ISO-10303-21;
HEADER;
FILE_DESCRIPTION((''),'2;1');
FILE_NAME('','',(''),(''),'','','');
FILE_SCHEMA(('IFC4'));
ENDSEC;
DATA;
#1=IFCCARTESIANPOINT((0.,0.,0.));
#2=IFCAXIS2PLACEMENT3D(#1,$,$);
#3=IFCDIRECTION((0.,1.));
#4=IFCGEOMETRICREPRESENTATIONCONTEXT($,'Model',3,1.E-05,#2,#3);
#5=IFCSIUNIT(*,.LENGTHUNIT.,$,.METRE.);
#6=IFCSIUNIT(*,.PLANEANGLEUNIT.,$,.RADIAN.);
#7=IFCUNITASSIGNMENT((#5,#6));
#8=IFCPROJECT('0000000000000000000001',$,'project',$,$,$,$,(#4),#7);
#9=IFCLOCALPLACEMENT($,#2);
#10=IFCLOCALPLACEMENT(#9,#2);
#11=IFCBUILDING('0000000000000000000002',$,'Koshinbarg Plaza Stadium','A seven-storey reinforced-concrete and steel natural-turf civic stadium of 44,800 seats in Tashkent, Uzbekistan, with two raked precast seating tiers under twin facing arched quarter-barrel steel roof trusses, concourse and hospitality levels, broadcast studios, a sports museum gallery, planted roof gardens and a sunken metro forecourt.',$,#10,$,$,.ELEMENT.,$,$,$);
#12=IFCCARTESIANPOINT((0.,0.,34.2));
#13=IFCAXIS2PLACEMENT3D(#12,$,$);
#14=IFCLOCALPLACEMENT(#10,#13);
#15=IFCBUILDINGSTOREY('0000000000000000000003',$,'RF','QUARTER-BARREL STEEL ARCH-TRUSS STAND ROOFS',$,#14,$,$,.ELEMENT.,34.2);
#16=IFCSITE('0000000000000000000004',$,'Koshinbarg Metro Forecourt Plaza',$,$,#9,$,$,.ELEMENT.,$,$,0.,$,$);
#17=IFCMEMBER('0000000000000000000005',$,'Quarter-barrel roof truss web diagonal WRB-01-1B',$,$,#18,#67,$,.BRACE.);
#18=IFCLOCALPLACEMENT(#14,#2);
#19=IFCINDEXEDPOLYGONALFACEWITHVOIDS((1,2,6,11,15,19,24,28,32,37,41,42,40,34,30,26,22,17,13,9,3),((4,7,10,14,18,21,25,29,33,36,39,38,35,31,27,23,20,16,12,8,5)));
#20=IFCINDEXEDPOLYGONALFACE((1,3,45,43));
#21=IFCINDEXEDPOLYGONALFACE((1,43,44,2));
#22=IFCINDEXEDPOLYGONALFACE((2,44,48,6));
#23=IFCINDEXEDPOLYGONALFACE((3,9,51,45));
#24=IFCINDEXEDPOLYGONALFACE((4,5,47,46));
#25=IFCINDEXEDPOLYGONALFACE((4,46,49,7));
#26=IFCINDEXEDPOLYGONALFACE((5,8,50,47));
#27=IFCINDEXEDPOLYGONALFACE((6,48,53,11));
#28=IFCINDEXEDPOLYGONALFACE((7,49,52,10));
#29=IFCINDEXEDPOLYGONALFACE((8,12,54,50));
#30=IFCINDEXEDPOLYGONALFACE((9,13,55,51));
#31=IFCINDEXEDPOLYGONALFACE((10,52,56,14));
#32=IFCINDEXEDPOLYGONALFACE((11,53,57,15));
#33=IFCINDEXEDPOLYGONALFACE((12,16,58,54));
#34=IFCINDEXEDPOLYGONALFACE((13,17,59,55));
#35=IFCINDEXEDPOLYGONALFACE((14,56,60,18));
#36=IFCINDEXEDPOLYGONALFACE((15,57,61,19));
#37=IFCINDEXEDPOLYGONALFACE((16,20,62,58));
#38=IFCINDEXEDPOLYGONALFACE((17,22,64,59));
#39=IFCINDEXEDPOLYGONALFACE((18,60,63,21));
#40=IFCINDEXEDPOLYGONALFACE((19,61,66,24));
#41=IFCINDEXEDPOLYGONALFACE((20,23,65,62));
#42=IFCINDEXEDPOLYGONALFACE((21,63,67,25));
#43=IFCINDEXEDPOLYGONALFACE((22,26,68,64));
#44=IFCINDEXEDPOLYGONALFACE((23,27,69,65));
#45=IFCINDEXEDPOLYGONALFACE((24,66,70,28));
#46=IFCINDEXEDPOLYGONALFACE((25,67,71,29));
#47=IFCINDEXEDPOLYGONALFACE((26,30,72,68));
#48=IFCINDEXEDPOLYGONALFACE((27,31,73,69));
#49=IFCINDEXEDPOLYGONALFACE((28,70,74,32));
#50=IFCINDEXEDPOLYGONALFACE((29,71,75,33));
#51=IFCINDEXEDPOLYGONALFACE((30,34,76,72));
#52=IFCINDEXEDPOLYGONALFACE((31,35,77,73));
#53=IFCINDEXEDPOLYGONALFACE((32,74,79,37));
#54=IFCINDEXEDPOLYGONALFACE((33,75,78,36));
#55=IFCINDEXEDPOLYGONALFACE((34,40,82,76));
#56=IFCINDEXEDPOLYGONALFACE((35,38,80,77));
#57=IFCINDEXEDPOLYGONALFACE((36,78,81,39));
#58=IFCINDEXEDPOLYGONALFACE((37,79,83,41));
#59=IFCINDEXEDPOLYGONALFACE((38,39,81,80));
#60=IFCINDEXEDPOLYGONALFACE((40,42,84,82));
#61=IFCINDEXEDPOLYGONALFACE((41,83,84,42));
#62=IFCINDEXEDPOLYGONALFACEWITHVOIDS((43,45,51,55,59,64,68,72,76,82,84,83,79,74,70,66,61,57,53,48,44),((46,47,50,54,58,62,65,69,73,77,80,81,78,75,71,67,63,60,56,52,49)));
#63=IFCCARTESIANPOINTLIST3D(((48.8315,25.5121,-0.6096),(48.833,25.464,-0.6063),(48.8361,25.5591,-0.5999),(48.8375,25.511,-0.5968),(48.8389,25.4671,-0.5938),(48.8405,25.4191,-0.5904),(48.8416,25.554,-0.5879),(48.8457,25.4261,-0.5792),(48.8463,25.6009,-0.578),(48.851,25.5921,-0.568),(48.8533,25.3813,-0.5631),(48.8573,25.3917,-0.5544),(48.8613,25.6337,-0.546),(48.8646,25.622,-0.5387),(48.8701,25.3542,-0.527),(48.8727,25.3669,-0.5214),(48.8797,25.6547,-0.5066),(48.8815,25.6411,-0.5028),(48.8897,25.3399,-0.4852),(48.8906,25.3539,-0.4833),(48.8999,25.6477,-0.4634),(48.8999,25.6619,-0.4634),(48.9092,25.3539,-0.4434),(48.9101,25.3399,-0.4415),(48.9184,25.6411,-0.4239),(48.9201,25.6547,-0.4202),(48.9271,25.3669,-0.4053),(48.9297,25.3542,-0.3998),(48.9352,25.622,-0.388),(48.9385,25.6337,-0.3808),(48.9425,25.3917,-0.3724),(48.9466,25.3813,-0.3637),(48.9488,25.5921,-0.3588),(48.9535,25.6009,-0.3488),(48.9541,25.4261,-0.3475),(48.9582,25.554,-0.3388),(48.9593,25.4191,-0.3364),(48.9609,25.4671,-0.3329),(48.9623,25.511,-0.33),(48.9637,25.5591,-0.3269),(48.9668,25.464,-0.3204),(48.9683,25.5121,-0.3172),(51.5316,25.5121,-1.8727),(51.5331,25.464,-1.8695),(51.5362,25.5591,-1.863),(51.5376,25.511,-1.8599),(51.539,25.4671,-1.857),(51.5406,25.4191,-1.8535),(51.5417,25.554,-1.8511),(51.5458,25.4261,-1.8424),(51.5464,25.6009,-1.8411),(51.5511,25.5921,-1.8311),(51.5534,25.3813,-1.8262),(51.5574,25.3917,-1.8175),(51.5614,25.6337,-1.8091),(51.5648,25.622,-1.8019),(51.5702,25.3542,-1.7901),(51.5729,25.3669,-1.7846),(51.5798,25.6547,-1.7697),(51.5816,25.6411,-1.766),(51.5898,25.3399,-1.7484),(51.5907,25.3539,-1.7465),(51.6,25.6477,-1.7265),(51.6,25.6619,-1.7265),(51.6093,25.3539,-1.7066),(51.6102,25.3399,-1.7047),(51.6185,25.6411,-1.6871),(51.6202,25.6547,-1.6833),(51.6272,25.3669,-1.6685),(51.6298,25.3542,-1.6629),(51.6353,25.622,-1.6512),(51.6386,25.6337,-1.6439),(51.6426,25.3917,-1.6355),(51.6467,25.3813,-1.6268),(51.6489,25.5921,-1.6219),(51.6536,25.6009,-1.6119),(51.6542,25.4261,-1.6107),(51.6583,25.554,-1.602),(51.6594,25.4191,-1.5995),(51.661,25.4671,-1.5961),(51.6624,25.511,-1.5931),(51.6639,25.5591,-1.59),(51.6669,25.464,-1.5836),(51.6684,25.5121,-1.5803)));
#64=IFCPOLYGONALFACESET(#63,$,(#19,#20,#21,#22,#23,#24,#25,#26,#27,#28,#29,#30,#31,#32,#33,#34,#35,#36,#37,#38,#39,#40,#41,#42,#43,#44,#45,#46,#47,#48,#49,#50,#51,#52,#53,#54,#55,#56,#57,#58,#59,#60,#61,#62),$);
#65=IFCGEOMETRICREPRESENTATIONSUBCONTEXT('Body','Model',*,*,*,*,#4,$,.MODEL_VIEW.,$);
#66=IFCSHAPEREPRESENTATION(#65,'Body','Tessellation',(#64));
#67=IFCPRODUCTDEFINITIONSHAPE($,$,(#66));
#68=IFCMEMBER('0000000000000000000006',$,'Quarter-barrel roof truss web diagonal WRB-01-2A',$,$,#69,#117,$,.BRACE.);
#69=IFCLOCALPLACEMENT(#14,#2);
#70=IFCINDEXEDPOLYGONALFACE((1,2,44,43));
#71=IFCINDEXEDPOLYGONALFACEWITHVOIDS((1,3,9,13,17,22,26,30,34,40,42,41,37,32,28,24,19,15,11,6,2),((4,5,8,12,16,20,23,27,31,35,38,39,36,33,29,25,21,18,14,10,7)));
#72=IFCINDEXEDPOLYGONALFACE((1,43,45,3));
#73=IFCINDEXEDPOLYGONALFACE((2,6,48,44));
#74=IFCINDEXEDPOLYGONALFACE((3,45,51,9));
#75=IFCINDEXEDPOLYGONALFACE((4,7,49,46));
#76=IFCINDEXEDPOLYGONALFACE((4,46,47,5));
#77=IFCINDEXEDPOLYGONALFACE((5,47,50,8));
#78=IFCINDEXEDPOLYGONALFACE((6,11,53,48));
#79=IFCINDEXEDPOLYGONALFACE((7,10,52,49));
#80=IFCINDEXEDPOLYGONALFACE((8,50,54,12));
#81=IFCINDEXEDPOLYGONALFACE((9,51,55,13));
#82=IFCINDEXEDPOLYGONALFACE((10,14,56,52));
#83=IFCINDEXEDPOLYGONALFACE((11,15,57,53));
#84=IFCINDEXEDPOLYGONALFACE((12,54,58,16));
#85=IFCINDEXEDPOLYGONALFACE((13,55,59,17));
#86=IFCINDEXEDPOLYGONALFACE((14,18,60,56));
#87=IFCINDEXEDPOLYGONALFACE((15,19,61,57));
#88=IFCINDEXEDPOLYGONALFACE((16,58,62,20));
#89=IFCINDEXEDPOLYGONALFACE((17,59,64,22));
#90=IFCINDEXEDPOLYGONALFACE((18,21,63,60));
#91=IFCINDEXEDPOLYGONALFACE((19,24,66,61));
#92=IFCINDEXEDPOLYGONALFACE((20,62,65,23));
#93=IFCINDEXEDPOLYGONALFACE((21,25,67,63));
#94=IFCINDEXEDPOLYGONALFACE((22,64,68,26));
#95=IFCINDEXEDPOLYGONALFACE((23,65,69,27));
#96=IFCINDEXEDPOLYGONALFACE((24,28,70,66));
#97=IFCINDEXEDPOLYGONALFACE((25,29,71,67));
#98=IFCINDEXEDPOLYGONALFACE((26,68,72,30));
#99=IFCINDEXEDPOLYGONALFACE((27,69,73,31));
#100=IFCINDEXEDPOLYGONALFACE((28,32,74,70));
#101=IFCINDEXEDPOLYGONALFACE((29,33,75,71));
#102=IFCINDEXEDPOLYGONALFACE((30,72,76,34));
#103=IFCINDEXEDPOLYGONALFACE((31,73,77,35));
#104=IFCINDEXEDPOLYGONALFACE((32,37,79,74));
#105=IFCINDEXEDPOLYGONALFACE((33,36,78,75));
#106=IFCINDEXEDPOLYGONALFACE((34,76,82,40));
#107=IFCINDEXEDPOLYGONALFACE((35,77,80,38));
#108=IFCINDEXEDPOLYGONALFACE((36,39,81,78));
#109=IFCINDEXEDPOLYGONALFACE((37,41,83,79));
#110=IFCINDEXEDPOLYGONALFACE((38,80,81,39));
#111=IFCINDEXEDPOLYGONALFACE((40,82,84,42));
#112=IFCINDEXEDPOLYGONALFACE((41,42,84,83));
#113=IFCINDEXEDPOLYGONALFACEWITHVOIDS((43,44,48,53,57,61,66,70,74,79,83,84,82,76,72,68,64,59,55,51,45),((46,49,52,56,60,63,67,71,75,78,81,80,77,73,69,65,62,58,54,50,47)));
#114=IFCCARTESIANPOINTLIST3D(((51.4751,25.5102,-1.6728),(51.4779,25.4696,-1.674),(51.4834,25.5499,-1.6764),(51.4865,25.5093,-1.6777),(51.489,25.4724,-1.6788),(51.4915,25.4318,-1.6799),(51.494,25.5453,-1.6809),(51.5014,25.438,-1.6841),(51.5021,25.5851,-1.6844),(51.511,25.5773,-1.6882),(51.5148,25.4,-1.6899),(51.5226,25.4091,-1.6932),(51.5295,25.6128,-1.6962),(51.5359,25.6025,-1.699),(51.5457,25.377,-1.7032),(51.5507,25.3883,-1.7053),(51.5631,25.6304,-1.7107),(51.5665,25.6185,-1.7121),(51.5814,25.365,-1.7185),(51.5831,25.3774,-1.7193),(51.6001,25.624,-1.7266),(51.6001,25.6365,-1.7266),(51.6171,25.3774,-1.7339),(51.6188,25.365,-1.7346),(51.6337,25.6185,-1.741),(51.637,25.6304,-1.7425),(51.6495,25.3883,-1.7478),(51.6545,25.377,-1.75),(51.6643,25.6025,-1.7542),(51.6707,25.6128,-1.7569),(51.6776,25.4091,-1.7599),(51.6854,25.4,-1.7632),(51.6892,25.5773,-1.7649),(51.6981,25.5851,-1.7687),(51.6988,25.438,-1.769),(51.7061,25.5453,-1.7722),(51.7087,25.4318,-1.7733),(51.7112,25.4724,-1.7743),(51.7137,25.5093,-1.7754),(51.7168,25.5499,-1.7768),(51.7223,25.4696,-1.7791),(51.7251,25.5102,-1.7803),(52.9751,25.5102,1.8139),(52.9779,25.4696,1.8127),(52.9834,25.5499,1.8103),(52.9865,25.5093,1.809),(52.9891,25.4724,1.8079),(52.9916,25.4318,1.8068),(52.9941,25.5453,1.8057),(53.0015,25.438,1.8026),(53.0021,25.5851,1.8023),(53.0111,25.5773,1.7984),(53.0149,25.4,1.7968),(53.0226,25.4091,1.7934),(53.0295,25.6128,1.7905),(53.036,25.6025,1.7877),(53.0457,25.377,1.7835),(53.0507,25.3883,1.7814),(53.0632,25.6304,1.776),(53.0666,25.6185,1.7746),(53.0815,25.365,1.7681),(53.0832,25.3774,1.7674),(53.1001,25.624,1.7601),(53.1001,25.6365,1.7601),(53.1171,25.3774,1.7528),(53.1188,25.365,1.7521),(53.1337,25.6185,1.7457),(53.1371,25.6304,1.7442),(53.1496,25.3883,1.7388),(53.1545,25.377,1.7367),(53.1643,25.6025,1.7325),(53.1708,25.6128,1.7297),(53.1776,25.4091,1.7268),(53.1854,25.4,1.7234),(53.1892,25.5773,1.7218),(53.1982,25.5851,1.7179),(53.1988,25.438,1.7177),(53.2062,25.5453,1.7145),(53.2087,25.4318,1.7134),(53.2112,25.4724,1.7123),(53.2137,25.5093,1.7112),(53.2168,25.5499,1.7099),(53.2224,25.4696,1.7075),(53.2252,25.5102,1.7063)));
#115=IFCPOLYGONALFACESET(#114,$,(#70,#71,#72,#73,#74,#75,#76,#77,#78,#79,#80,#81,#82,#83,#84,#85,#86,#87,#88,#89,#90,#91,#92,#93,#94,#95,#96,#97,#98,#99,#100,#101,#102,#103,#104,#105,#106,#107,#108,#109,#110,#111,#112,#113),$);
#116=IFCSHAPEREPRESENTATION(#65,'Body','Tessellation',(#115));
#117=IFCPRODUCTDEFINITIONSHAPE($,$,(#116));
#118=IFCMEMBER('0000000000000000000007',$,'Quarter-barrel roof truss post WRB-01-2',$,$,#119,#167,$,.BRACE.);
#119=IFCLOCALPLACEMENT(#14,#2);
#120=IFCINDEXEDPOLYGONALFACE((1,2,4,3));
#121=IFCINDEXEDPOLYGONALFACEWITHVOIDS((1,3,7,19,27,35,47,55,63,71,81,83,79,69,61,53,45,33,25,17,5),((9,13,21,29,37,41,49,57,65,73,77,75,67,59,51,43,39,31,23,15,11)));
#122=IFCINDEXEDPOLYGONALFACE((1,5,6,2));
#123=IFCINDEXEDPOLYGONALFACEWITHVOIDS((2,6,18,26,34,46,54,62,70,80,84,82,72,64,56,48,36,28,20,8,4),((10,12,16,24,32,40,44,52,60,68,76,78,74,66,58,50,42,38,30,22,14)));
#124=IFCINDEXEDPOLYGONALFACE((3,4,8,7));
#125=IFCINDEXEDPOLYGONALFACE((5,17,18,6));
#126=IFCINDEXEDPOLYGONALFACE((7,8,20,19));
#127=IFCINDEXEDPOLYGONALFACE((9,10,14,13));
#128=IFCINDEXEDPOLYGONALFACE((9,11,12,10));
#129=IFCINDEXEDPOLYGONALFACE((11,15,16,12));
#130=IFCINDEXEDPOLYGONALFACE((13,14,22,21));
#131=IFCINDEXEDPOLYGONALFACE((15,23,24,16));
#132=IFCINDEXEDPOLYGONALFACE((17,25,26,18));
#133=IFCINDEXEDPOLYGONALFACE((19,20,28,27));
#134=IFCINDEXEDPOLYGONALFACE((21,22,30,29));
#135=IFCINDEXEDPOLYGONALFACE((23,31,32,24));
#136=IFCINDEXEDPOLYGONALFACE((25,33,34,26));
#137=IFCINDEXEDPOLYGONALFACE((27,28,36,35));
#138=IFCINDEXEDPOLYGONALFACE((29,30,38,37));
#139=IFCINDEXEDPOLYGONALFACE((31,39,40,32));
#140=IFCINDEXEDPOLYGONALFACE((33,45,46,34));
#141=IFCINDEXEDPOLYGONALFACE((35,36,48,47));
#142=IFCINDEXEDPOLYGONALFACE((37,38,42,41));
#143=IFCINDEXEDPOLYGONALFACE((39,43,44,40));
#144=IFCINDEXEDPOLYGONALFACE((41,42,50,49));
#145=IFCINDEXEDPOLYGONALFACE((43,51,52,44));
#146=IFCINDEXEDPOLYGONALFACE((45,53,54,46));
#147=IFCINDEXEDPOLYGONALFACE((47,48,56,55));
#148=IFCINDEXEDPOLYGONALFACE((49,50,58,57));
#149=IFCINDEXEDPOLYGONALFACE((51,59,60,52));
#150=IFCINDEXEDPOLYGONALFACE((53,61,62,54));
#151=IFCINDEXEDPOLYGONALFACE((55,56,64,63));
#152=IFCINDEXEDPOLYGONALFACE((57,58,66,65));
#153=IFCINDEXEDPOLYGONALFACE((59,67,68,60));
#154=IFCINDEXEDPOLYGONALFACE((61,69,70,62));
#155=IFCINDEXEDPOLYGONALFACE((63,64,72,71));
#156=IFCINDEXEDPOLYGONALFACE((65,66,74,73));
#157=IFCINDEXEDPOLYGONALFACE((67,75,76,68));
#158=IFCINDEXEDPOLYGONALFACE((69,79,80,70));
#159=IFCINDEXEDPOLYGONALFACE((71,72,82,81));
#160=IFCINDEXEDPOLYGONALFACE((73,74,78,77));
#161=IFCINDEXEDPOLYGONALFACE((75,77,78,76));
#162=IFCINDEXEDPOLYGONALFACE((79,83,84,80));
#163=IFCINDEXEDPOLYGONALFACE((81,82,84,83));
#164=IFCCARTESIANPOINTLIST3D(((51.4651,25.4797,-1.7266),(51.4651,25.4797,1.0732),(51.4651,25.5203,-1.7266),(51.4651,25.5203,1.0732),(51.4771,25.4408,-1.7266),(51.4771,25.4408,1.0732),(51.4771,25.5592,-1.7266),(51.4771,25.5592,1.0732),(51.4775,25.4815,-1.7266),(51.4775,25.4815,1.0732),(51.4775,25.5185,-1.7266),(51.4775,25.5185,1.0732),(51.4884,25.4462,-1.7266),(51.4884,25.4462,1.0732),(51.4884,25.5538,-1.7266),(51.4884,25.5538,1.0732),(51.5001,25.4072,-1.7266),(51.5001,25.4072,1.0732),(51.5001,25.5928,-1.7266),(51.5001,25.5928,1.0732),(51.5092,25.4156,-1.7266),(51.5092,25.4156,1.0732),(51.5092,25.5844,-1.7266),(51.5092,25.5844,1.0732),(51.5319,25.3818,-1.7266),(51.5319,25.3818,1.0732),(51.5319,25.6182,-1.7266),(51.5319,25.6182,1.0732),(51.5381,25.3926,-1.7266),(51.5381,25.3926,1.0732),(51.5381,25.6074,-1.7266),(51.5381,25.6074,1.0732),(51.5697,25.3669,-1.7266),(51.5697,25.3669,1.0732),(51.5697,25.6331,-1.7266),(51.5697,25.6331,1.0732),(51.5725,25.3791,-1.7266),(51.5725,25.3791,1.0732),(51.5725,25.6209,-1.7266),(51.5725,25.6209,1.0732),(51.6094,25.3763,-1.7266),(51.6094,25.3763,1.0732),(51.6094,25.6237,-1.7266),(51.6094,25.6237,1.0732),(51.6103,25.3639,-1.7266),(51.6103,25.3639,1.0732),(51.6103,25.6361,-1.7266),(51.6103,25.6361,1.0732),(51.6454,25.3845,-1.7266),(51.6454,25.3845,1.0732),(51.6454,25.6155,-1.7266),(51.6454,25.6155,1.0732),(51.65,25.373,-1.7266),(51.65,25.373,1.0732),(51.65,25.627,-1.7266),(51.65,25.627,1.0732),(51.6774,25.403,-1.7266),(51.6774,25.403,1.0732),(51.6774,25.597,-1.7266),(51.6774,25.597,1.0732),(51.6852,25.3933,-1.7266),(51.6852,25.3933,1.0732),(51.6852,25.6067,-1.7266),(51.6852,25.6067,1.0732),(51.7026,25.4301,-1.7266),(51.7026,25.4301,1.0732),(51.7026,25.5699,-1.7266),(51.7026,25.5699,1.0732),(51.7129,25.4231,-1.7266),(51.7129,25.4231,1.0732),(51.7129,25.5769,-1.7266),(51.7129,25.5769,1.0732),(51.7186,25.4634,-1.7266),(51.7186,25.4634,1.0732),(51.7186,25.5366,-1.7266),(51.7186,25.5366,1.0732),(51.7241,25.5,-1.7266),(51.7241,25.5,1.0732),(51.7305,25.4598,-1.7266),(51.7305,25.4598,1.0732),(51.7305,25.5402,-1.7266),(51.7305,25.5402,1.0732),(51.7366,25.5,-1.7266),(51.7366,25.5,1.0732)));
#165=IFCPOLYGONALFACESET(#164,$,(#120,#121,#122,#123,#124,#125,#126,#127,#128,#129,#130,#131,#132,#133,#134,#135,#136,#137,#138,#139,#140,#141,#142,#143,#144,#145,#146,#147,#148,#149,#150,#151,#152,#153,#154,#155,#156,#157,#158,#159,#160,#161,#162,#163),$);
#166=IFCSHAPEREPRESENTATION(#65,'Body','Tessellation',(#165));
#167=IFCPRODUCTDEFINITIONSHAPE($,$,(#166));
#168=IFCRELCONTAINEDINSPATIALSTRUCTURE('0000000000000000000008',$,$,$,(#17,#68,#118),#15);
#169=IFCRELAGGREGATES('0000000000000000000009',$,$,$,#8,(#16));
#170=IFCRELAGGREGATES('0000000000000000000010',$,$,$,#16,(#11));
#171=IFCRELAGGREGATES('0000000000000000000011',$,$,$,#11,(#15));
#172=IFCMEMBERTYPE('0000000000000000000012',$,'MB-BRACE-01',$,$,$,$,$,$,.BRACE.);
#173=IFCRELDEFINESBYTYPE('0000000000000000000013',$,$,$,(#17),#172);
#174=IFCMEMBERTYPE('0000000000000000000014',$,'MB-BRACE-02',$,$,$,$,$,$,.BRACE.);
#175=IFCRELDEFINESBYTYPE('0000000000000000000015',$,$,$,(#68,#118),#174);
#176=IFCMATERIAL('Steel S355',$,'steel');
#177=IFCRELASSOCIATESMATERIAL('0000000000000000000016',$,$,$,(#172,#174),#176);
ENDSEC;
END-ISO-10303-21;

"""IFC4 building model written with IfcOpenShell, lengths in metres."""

from ifc_helpers import new_model, si_unit, direction, frame, origin, origin_2d, place, context, subcontext, project, spatial, hollow_circle, extrude, material, material_profile, profile_set, type_object, element, save


model = new_model("IFC4")

# Units and contexts
model_context = context("Model", 3, precision=1e-05, world=origin(), true_north=direction((0.0, 1.0)))
body_context = subcontext(model_context, "Body", "Model", "MODEL_VIEW")
ifc_project = project(units=[si_unit("LENGTHUNIT", "METRE"), si_unit("PLANEANGLEUNIT", "RADIAN")], contexts=[model_context])

# Site, building, storey
site_placement = place(None, origin())
site = spatial("IfcSite", under=ifc_project, at=site_placement, Name="Koshinbarg Metro Forecourt Plaza", CompositionType="ELEMENT", RefElevation=0.0)
building_placement = place(site_placement, origin())
building = spatial("IfcBuilding", under=site, at=building_placement, Name="Koshinbarg Plaza Stadium", Description="A seven-storey reinforced-concrete and steel natural-turf civic stadium of 44,800 seats in Tashkent, Uzbekistan, with two raked precast seating tiers under twin facing arched quarter-barrel steel roof trusses, concourse and hospitality levels, broadcast studios, a sports museum gallery, planted roof gardens and a sunken metro forecourt.", CompositionType="ELEMENT")
storey_placement = place(building_placement, frame((0.0, 0.0, 34.2)))
storey = spatial("IfcBuildingStorey", under=building, at=storey_placement, Name="RF", Description="QUARTER-BARREL STEEL ARCH-TRUSS STAND ROOFS", CompositionType="ELEMENT", Elevation=34.2)

# Members
ifc_material_1 = material(Name="Steel S355", Category="steel")
ifc_material_profile_1 = material_profile(ifc_material_1, hollow_circle(Radius=0.1619, WallThickness=0.0142, at=origin_2d()), Name="CHS 323.9x14.2")
ifc_profile_set_1 = profile_set([ifc_material_profile_1], Name="Steel S355")
member_type_1 = type_object("IfcMemberType", Name="MB-BRACE-01", PredefinedType="BRACE", material=ifc_profile_set_1)
member_1_placement = place(storey_placement, frame((48.8999, 25.5, -0.4634), z_axis=(0.905785, 0.0, -0.423737), x_axis=(0.0, 1.0, 0.0)))
element("IfcMember", 1, at=member_1_placement, inside=storey, type_object=member_type_1, Name="Quarter-barrel roof truss web diagonal WRB-01-1B", PredefinedType="BRACE", context=body_context, shape_type="SweptSolid", body=[
    extrude(hollow_circle(Radius=0.1619, WallThickness=0.0142, at=origin_2d()), origin(), (0.0, 0.0, 1.0), 2.981),
])
ifc_material_profile_2 = material_profile(ifc_material_1, hollow_circle(Radius=0.1365, WallThickness=0.0125, at=origin_2d()), Name="CHS 273x12.5")
ifc_profile_set_2 = profile_set([ifc_material_profile_2], Name="Steel S355")
member_type_2 = type_object("IfcMemberType", Name="MB-BRACE-02", PredefinedType="BRACE", material=ifc_profile_set_2)
member_2_placement = place(storey_placement, frame((51.6001, 25.5, -1.7266), z_axis=(0.3952, 0.0, 0.918595), x_axis=(0.0, 1.0, 0.0)))
element("IfcMember", 2, at=member_2_placement, inside=storey, type_object=member_type_2, Name="Quarter-barrel roof truss web diagonal WRB-01-2A", PredefinedType="BRACE", context=body_context, shape_type="SweptSolid", body=[
    extrude(hollow_circle(Radius=0.1365, WallThickness=0.0125, at=origin_2d()), origin(), (0.0, 0.0, 1.0), 3.7957),
])
member_3_placement = place(storey_placement, frame((51.6001, 25.5, -1.7266), z_axis=(0.0, 0.0, 1.0), x_axis=(1.0, 0.0, 0.0)))
element("IfcMember", 3, at=member_3_placement, inside=storey, type_object=member_type_2, Name="Quarter-barrel roof truss post WRB-01-2", PredefinedType="BRACE", context=body_context, shape_type="SweptSolid", body=[
    extrude(hollow_circle(Radius=0.1365, WallThickness=0.0125, at=origin_2d()), origin(), (0.0, 0.0, 1.0), 2.7998),
])

save(model, "model.ifc")
